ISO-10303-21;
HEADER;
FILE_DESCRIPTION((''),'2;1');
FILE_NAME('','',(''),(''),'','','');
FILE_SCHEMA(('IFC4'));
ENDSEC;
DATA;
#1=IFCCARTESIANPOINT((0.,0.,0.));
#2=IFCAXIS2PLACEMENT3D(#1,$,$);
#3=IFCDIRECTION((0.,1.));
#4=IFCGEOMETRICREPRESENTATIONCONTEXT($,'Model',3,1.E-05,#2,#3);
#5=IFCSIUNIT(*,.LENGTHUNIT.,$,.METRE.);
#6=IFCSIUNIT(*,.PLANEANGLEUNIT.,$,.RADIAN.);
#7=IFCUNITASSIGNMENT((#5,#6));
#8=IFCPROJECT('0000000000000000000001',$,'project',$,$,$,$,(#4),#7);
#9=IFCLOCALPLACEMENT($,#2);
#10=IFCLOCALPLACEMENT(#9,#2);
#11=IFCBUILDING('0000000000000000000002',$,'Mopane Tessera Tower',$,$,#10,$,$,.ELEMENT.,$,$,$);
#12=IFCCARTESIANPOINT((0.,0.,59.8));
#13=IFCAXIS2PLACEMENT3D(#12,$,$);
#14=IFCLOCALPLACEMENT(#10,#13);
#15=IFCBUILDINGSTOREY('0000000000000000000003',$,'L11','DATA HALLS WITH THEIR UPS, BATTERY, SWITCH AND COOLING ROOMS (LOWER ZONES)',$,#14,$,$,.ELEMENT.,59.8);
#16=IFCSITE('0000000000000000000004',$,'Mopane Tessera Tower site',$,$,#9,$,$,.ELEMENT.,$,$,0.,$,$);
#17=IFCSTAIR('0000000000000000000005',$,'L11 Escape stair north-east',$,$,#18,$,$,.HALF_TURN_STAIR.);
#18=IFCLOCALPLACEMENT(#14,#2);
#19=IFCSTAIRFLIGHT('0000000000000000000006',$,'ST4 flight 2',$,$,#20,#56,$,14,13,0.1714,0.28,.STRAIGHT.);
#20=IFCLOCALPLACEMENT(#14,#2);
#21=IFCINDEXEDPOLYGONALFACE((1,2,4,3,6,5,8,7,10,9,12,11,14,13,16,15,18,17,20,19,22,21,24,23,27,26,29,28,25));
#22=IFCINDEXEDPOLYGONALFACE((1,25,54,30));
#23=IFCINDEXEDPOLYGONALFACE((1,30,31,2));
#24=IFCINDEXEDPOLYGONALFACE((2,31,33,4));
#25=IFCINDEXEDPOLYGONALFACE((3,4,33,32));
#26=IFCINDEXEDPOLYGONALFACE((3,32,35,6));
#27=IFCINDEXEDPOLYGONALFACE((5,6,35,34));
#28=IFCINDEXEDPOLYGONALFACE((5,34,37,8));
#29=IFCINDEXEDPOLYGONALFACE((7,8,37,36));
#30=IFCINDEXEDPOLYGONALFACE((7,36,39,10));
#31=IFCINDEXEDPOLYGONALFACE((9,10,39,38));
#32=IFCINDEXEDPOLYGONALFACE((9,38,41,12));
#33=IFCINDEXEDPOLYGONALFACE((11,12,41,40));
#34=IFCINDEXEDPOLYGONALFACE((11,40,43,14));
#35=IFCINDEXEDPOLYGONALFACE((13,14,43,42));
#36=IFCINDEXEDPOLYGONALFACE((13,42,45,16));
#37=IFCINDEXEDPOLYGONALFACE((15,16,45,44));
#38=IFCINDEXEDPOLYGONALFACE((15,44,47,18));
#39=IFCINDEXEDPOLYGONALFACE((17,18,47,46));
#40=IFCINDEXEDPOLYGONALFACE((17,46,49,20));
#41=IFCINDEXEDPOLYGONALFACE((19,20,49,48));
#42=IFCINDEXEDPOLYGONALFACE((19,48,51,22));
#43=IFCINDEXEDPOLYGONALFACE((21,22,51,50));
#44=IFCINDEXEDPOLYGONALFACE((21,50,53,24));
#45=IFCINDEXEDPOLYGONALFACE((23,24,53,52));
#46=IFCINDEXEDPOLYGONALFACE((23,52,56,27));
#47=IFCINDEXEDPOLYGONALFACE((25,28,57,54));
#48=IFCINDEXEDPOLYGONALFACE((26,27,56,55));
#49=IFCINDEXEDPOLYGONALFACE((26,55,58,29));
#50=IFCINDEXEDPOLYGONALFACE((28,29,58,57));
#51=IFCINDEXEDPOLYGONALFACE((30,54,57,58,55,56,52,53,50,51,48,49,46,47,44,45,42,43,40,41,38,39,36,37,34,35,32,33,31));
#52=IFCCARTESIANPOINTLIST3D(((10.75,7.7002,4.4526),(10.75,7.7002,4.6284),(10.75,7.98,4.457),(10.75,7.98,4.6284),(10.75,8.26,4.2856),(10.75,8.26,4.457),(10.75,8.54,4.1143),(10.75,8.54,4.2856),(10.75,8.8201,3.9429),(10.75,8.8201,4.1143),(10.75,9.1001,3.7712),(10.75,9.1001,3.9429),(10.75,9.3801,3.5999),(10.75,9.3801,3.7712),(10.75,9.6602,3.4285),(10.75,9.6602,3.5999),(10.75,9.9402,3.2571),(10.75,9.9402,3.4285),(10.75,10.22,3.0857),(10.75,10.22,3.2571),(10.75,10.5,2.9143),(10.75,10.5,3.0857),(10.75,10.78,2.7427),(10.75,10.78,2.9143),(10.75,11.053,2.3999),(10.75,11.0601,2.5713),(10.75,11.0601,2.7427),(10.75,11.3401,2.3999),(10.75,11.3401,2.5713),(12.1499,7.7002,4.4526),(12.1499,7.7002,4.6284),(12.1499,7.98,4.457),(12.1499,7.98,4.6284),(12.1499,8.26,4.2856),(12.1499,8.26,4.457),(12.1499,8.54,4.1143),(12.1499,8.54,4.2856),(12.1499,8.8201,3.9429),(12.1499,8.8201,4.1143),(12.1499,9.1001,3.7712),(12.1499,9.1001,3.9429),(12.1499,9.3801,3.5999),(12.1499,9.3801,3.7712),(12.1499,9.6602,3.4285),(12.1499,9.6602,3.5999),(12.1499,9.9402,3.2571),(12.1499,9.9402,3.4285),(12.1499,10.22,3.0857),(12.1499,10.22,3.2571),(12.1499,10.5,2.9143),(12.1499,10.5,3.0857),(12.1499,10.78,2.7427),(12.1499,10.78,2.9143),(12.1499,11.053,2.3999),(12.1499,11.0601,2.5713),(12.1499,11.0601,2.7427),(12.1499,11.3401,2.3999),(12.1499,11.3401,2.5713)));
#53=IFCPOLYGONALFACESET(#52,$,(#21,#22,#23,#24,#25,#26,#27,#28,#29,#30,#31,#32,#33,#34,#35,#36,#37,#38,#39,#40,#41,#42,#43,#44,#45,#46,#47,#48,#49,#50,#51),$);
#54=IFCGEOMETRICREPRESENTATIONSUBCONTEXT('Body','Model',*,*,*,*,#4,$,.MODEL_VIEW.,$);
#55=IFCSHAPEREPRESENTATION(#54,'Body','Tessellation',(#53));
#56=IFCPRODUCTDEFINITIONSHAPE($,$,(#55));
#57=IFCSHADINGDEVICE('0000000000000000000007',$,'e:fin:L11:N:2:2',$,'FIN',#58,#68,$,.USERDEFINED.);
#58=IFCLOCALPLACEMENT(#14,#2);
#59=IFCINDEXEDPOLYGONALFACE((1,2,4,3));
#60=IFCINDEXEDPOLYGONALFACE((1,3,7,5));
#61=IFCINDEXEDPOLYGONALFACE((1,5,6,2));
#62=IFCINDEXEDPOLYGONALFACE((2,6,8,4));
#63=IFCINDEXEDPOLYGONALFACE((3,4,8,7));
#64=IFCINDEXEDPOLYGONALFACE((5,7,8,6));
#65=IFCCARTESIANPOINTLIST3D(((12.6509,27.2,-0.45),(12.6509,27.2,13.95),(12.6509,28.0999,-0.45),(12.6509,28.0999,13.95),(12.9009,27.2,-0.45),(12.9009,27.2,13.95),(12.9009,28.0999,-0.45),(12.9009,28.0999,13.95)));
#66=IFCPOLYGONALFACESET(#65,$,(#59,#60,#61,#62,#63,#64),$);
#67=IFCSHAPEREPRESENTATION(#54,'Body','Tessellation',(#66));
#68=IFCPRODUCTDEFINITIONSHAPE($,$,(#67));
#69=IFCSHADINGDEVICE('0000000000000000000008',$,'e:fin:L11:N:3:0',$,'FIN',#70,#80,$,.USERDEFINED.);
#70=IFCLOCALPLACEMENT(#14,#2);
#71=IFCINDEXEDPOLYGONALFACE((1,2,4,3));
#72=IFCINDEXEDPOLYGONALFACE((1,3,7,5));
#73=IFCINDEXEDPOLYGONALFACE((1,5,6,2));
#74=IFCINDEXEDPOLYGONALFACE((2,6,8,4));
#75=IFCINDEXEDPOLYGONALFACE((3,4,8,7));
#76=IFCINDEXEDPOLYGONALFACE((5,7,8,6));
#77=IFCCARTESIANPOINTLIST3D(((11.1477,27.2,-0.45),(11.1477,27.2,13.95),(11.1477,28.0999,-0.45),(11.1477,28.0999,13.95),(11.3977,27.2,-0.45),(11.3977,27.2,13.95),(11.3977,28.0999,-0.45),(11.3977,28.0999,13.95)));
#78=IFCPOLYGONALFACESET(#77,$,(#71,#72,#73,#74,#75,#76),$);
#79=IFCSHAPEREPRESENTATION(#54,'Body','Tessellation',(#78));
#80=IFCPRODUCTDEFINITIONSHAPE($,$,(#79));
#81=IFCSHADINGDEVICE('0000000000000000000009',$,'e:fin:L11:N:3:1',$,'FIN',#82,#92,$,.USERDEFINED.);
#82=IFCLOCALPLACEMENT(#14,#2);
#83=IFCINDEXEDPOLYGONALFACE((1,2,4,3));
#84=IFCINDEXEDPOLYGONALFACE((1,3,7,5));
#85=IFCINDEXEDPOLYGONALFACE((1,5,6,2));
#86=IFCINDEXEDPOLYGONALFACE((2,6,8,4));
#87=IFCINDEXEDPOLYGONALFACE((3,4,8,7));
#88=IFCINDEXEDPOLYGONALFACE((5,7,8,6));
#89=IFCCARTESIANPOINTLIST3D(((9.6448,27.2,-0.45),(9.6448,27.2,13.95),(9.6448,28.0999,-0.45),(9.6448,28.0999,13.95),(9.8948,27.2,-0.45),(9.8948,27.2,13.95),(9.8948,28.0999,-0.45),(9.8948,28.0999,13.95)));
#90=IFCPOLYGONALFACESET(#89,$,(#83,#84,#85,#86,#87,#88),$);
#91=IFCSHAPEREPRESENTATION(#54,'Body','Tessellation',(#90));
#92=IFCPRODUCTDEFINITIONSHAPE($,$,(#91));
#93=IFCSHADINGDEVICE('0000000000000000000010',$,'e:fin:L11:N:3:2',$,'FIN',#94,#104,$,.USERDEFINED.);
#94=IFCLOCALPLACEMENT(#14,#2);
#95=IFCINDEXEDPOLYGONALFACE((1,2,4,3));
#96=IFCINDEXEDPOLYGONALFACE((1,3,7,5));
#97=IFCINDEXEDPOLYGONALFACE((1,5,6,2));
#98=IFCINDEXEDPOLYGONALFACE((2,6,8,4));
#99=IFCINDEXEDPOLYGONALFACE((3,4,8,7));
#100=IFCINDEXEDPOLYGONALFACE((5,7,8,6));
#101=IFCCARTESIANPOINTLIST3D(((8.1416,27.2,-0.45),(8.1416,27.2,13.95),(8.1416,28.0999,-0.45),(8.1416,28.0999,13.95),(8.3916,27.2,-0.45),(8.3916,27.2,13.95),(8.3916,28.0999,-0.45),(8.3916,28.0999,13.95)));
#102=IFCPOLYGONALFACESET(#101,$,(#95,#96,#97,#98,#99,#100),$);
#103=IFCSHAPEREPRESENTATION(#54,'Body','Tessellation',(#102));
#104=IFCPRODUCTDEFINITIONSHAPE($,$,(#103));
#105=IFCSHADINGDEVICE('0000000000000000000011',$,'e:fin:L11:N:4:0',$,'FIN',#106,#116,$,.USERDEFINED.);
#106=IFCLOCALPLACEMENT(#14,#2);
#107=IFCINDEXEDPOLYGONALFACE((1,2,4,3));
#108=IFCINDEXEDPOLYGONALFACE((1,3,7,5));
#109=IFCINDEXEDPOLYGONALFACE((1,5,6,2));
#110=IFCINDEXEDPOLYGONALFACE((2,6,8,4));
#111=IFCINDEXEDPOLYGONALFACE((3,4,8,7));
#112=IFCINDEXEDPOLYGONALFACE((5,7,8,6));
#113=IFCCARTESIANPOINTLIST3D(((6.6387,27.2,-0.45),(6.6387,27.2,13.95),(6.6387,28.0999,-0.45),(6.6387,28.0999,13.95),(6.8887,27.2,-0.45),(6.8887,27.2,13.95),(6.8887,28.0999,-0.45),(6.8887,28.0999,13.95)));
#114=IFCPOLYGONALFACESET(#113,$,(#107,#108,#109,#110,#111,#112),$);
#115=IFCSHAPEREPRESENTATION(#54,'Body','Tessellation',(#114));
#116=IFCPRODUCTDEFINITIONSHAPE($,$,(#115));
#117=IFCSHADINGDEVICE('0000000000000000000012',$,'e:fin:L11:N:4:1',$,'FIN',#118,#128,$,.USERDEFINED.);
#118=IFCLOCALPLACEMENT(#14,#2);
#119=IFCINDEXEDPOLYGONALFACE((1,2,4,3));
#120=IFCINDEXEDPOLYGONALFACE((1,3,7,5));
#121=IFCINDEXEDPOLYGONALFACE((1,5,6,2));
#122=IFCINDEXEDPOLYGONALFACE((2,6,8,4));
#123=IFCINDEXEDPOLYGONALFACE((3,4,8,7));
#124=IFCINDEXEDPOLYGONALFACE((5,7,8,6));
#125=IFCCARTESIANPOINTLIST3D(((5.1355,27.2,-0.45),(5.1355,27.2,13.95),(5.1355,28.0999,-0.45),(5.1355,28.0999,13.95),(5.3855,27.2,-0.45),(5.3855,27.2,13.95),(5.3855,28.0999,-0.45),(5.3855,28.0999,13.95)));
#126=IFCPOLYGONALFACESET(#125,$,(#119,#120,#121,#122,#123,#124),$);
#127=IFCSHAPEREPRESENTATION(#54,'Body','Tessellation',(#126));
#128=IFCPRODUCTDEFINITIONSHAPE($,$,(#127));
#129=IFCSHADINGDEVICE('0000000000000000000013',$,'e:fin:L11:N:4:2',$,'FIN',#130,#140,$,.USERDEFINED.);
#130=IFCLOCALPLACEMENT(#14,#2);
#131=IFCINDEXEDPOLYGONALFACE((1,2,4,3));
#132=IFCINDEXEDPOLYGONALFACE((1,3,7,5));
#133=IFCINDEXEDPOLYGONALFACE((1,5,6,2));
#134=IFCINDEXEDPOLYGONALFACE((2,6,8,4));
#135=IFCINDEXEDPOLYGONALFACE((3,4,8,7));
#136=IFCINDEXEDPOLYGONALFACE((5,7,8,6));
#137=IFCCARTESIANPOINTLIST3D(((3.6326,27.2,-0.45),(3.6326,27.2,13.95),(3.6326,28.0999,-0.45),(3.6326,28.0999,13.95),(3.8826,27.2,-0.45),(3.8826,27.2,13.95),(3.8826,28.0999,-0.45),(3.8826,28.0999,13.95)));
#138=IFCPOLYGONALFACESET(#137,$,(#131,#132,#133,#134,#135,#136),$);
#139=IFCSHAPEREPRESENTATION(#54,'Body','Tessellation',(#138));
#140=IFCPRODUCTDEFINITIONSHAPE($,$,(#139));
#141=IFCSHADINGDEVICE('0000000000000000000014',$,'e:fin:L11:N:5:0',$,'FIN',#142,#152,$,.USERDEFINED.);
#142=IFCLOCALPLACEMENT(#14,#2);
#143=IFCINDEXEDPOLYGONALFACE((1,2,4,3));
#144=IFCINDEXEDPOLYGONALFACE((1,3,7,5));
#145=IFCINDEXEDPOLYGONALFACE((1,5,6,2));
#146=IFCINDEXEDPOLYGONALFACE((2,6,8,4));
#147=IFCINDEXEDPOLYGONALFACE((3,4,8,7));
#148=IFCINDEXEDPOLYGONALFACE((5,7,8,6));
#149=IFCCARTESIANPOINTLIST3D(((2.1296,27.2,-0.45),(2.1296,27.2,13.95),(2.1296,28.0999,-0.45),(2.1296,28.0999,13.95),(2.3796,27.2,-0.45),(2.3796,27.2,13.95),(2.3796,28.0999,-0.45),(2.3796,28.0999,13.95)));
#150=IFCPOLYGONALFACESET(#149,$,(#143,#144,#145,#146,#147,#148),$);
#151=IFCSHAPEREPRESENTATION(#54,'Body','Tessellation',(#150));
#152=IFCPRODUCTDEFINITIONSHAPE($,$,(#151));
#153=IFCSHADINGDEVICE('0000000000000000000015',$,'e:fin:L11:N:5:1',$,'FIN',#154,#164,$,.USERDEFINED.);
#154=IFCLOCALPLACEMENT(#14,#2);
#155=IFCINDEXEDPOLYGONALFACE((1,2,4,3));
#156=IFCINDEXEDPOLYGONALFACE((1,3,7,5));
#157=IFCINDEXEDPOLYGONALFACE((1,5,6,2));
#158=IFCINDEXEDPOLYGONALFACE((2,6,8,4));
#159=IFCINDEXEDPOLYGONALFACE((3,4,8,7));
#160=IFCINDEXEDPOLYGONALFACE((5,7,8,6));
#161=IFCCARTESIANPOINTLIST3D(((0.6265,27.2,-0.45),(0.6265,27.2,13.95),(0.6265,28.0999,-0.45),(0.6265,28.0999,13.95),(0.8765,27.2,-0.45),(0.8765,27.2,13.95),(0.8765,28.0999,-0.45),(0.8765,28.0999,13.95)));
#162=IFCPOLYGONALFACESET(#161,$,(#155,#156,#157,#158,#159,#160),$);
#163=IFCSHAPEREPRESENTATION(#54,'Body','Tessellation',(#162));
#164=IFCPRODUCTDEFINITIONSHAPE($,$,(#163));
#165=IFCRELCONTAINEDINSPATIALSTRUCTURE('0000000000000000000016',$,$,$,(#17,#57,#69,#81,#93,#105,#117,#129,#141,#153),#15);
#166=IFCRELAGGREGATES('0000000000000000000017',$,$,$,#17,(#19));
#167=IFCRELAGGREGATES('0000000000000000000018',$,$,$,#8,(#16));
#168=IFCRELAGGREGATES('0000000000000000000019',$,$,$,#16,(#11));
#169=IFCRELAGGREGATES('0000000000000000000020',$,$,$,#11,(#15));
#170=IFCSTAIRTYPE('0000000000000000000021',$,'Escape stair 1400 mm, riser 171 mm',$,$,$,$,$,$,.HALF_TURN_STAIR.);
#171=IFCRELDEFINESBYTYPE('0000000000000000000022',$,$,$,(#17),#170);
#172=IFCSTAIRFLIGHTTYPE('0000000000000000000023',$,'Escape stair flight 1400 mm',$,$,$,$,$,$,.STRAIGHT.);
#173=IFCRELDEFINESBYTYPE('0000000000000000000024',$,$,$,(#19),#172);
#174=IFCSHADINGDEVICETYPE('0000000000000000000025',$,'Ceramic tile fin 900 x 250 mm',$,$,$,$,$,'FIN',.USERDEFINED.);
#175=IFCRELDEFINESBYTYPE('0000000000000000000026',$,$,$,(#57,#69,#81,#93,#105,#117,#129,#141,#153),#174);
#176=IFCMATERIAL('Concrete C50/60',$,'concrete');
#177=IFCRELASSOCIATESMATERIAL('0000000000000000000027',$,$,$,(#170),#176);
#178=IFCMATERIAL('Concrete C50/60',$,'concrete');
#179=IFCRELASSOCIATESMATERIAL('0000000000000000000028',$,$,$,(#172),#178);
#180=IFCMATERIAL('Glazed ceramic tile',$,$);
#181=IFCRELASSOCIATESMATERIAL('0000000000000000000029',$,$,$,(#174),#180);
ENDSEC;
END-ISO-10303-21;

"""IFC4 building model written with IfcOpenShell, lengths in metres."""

from ifc_helpers import new_model, si_unit, direction, frame, origin, origin_2d, place, context, subcontext, project, spatial, polyline, rectangle, outline, extrude, material, type_object, element, aggregate, save


model = new_model("IFC4")

# Units and contexts
model_context = context("Model", 3, precision=1e-05, world=origin(), true_north=direction((0.0, 1.0)))
body_context = subcontext(model_context, "Body", "Model", "MODEL_VIEW")
ifc_project = project(units=[si_unit("LENGTHUNIT", "METRE"), si_unit("PLANEANGLEUNIT", "RADIAN")], contexts=[model_context])

# Site, building, storey
site_placement = place(None, origin())
site = spatial("IfcSite", under=ifc_project, at=site_placement, Name="Mopane Tessera Tower site", CompositionType="ELEMENT", RefElevation=0.0)
building_placement = place(site_placement, origin())
building = spatial("IfcBuilding", under=site, at=building_placement, Name="Mopane Tessera Tower", CompositionType="ELEMENT")
storey_placement = place(building_placement, frame((0.0, 0.0, 59.8)))
storey = spatial("IfcBuildingStorey", under=building, at=storey_placement, Name="L11", Description="DATA HALLS WITH THEIR UPS, BATTERY, SWITCH AND COOLING ROOMS (LOWER ZONES)", CompositionType="ELEMENT", Elevation=59.8)

# Stair, stair flight
ifc_material_1 = material(Name="Concrete C50/60", Category="concrete")
stair_type = type_object("IfcStairType", Name="Escape stair 1400 mm, riser 171 mm", PredefinedType="HALF_TURN_STAIR", material=ifc_material_1)
stair_placement = place(storey_placement, origin())
stair = element("IfcStair", 1, at=stair_placement, inside=storey, type_object=stair_type, Name="L11 Escape stair north-east", PredefinedType="HALF_TURN_STAIR")
ifc_material_2 = material(Name="Concrete C50/60", Category="concrete")
stair_flight_type = type_object("IfcStairFlightType", Name="Escape stair flight 1400 mm", PredefinedType="STRAIGHT", material=ifc_material_2)
stair_flight_placement = place(storey_placement, frame((11.45, 11.3401, 2.3999), z_axis=(0.0, 0.0, 1.0), x_axis=(0.0, -1.0, 0.0)))
stair_flight = element("IfcStairFlight", 2, at=stair_flight_placement, type_object=stair_flight_type, Name="ST4 flight 2", NumberOfRisers=14, NumberOfTreads=13, PredefinedType="STRAIGHT", RiserHeight=0.1714, TreadLength=0.28, context=body_context, shape_type="SweptSolid", body=[
    extrude(outline(polyline([(0.0, 0.0), (0.0, 0.1714), (0.28, 0.1714), (0.28, 0.3428), (0.5601, 0.3428), (0.5601, 0.5144), (0.8401, 0.5144), (0.8401, 0.6858), (1.1201, 0.6858), (1.1201, 0.8572), (1.3999, 0.8572), (1.3999, 1.0286), (1.6799, 1.0286), (1.6799, 1.2), (1.96, 1.2), (1.96, 1.3713), (2.24, 1.3713), (2.24, 1.543), (2.52, 1.543), (2.52, 1.7144), (2.8, 1.7144), (2.8, 1.8857), (3.0801, 1.8857), (3.0801, 2.0571), (3.3601, 2.0571), (3.3601, 2.2285), (3.6399, 2.2285), (3.6399, 2.3999), (3.6399, 2.0527), (0.2871, 0.0), (0.0, 0.0)])), frame((0.0, 0.7, 0.0), z_axis=(0.0, -1.0, 0.0), x_axis=(1.0, 0.0, 0.0)), (0.0, 0.0, 1.0), 1.3999),
])
aggregate(stair, [stair_flight])

# Shading devices
ifc_material_3 = material(Name="Glazed ceramic tile")
shading_device_type = type_object("IfcShadingDeviceType", Name="Ceramic tile fin 900 x 250 mm", ElementType="FIN", PredefinedType="USERDEFINED", material=ifc_material_3)
for number, where, z_axis, x_axis, name in (
    (3, (12.7759, 27.6499, -0.45), (0.0, 0.0, 1.0), (-1.0, 0.0, 0.0), "e:fin:L11:N:2:2"),
    (4, (11.2727, 27.6499, -0.45), (0.0, 0.0, 1.0), (-1.0, 0.0, 0.0), "e:fin:L11:N:3:0"),
    (5, (9.7698, 27.6499, -0.45), (0.0, 0.0, 1.0), (-1.0, 0.0, 0.0), "e:fin:L11:N:3:1"),
    (6, (8.2666, 27.6499, -0.45), (0.0, 0.0, 1.0), (-1.0, 0.0, 0.0), "e:fin:L11:N:3:2"),
    (7, (6.7637, 27.6499, -0.45), (0.0, 0.0, 1.0), (-1.0, 0.0, 0.0), "e:fin:L11:N:4:0"),
    (8, (5.2605, 27.6499, -0.45), (0.0, 0.0, 1.0), (-1.0, 0.0, 0.0), "e:fin:L11:N:4:1"),
    (9, (3.7576, 27.6499, -0.45), (0.0, 0.0, 1.0), (-1.0, 0.0, 0.0), "e:fin:L11:N:4:2"),
    (10, (2.2546, 27.6499, -0.45), (0.0, 0.0, 1.0), (-1.0, 0.0, 0.0), "e:fin:L11:N:5:0"),
    (11, (0.7515, 27.6499, -0.45), (0.0, 0.0, 1.0), (-1.0, 0.0, 0.0), "e:fin:L11:N:5:1"),
):
    element("IfcShadingDevice", number, at=place(storey_placement, frame(where, z_axis=z_axis, x_axis=x_axis)), inside=storey, type_object=shading_device_type, Name=name, ObjectType="FIN", PredefinedType="USERDEFINED", context=body_context, shape_type="SweptSolid", body=[
        extrude(rectangle(XDim=0.25, YDim=0.8999, at=origin_2d()), origin(), (0.0, 0.0, 1.0), 14.3999),
    ])

save(model, "model.ifc")
